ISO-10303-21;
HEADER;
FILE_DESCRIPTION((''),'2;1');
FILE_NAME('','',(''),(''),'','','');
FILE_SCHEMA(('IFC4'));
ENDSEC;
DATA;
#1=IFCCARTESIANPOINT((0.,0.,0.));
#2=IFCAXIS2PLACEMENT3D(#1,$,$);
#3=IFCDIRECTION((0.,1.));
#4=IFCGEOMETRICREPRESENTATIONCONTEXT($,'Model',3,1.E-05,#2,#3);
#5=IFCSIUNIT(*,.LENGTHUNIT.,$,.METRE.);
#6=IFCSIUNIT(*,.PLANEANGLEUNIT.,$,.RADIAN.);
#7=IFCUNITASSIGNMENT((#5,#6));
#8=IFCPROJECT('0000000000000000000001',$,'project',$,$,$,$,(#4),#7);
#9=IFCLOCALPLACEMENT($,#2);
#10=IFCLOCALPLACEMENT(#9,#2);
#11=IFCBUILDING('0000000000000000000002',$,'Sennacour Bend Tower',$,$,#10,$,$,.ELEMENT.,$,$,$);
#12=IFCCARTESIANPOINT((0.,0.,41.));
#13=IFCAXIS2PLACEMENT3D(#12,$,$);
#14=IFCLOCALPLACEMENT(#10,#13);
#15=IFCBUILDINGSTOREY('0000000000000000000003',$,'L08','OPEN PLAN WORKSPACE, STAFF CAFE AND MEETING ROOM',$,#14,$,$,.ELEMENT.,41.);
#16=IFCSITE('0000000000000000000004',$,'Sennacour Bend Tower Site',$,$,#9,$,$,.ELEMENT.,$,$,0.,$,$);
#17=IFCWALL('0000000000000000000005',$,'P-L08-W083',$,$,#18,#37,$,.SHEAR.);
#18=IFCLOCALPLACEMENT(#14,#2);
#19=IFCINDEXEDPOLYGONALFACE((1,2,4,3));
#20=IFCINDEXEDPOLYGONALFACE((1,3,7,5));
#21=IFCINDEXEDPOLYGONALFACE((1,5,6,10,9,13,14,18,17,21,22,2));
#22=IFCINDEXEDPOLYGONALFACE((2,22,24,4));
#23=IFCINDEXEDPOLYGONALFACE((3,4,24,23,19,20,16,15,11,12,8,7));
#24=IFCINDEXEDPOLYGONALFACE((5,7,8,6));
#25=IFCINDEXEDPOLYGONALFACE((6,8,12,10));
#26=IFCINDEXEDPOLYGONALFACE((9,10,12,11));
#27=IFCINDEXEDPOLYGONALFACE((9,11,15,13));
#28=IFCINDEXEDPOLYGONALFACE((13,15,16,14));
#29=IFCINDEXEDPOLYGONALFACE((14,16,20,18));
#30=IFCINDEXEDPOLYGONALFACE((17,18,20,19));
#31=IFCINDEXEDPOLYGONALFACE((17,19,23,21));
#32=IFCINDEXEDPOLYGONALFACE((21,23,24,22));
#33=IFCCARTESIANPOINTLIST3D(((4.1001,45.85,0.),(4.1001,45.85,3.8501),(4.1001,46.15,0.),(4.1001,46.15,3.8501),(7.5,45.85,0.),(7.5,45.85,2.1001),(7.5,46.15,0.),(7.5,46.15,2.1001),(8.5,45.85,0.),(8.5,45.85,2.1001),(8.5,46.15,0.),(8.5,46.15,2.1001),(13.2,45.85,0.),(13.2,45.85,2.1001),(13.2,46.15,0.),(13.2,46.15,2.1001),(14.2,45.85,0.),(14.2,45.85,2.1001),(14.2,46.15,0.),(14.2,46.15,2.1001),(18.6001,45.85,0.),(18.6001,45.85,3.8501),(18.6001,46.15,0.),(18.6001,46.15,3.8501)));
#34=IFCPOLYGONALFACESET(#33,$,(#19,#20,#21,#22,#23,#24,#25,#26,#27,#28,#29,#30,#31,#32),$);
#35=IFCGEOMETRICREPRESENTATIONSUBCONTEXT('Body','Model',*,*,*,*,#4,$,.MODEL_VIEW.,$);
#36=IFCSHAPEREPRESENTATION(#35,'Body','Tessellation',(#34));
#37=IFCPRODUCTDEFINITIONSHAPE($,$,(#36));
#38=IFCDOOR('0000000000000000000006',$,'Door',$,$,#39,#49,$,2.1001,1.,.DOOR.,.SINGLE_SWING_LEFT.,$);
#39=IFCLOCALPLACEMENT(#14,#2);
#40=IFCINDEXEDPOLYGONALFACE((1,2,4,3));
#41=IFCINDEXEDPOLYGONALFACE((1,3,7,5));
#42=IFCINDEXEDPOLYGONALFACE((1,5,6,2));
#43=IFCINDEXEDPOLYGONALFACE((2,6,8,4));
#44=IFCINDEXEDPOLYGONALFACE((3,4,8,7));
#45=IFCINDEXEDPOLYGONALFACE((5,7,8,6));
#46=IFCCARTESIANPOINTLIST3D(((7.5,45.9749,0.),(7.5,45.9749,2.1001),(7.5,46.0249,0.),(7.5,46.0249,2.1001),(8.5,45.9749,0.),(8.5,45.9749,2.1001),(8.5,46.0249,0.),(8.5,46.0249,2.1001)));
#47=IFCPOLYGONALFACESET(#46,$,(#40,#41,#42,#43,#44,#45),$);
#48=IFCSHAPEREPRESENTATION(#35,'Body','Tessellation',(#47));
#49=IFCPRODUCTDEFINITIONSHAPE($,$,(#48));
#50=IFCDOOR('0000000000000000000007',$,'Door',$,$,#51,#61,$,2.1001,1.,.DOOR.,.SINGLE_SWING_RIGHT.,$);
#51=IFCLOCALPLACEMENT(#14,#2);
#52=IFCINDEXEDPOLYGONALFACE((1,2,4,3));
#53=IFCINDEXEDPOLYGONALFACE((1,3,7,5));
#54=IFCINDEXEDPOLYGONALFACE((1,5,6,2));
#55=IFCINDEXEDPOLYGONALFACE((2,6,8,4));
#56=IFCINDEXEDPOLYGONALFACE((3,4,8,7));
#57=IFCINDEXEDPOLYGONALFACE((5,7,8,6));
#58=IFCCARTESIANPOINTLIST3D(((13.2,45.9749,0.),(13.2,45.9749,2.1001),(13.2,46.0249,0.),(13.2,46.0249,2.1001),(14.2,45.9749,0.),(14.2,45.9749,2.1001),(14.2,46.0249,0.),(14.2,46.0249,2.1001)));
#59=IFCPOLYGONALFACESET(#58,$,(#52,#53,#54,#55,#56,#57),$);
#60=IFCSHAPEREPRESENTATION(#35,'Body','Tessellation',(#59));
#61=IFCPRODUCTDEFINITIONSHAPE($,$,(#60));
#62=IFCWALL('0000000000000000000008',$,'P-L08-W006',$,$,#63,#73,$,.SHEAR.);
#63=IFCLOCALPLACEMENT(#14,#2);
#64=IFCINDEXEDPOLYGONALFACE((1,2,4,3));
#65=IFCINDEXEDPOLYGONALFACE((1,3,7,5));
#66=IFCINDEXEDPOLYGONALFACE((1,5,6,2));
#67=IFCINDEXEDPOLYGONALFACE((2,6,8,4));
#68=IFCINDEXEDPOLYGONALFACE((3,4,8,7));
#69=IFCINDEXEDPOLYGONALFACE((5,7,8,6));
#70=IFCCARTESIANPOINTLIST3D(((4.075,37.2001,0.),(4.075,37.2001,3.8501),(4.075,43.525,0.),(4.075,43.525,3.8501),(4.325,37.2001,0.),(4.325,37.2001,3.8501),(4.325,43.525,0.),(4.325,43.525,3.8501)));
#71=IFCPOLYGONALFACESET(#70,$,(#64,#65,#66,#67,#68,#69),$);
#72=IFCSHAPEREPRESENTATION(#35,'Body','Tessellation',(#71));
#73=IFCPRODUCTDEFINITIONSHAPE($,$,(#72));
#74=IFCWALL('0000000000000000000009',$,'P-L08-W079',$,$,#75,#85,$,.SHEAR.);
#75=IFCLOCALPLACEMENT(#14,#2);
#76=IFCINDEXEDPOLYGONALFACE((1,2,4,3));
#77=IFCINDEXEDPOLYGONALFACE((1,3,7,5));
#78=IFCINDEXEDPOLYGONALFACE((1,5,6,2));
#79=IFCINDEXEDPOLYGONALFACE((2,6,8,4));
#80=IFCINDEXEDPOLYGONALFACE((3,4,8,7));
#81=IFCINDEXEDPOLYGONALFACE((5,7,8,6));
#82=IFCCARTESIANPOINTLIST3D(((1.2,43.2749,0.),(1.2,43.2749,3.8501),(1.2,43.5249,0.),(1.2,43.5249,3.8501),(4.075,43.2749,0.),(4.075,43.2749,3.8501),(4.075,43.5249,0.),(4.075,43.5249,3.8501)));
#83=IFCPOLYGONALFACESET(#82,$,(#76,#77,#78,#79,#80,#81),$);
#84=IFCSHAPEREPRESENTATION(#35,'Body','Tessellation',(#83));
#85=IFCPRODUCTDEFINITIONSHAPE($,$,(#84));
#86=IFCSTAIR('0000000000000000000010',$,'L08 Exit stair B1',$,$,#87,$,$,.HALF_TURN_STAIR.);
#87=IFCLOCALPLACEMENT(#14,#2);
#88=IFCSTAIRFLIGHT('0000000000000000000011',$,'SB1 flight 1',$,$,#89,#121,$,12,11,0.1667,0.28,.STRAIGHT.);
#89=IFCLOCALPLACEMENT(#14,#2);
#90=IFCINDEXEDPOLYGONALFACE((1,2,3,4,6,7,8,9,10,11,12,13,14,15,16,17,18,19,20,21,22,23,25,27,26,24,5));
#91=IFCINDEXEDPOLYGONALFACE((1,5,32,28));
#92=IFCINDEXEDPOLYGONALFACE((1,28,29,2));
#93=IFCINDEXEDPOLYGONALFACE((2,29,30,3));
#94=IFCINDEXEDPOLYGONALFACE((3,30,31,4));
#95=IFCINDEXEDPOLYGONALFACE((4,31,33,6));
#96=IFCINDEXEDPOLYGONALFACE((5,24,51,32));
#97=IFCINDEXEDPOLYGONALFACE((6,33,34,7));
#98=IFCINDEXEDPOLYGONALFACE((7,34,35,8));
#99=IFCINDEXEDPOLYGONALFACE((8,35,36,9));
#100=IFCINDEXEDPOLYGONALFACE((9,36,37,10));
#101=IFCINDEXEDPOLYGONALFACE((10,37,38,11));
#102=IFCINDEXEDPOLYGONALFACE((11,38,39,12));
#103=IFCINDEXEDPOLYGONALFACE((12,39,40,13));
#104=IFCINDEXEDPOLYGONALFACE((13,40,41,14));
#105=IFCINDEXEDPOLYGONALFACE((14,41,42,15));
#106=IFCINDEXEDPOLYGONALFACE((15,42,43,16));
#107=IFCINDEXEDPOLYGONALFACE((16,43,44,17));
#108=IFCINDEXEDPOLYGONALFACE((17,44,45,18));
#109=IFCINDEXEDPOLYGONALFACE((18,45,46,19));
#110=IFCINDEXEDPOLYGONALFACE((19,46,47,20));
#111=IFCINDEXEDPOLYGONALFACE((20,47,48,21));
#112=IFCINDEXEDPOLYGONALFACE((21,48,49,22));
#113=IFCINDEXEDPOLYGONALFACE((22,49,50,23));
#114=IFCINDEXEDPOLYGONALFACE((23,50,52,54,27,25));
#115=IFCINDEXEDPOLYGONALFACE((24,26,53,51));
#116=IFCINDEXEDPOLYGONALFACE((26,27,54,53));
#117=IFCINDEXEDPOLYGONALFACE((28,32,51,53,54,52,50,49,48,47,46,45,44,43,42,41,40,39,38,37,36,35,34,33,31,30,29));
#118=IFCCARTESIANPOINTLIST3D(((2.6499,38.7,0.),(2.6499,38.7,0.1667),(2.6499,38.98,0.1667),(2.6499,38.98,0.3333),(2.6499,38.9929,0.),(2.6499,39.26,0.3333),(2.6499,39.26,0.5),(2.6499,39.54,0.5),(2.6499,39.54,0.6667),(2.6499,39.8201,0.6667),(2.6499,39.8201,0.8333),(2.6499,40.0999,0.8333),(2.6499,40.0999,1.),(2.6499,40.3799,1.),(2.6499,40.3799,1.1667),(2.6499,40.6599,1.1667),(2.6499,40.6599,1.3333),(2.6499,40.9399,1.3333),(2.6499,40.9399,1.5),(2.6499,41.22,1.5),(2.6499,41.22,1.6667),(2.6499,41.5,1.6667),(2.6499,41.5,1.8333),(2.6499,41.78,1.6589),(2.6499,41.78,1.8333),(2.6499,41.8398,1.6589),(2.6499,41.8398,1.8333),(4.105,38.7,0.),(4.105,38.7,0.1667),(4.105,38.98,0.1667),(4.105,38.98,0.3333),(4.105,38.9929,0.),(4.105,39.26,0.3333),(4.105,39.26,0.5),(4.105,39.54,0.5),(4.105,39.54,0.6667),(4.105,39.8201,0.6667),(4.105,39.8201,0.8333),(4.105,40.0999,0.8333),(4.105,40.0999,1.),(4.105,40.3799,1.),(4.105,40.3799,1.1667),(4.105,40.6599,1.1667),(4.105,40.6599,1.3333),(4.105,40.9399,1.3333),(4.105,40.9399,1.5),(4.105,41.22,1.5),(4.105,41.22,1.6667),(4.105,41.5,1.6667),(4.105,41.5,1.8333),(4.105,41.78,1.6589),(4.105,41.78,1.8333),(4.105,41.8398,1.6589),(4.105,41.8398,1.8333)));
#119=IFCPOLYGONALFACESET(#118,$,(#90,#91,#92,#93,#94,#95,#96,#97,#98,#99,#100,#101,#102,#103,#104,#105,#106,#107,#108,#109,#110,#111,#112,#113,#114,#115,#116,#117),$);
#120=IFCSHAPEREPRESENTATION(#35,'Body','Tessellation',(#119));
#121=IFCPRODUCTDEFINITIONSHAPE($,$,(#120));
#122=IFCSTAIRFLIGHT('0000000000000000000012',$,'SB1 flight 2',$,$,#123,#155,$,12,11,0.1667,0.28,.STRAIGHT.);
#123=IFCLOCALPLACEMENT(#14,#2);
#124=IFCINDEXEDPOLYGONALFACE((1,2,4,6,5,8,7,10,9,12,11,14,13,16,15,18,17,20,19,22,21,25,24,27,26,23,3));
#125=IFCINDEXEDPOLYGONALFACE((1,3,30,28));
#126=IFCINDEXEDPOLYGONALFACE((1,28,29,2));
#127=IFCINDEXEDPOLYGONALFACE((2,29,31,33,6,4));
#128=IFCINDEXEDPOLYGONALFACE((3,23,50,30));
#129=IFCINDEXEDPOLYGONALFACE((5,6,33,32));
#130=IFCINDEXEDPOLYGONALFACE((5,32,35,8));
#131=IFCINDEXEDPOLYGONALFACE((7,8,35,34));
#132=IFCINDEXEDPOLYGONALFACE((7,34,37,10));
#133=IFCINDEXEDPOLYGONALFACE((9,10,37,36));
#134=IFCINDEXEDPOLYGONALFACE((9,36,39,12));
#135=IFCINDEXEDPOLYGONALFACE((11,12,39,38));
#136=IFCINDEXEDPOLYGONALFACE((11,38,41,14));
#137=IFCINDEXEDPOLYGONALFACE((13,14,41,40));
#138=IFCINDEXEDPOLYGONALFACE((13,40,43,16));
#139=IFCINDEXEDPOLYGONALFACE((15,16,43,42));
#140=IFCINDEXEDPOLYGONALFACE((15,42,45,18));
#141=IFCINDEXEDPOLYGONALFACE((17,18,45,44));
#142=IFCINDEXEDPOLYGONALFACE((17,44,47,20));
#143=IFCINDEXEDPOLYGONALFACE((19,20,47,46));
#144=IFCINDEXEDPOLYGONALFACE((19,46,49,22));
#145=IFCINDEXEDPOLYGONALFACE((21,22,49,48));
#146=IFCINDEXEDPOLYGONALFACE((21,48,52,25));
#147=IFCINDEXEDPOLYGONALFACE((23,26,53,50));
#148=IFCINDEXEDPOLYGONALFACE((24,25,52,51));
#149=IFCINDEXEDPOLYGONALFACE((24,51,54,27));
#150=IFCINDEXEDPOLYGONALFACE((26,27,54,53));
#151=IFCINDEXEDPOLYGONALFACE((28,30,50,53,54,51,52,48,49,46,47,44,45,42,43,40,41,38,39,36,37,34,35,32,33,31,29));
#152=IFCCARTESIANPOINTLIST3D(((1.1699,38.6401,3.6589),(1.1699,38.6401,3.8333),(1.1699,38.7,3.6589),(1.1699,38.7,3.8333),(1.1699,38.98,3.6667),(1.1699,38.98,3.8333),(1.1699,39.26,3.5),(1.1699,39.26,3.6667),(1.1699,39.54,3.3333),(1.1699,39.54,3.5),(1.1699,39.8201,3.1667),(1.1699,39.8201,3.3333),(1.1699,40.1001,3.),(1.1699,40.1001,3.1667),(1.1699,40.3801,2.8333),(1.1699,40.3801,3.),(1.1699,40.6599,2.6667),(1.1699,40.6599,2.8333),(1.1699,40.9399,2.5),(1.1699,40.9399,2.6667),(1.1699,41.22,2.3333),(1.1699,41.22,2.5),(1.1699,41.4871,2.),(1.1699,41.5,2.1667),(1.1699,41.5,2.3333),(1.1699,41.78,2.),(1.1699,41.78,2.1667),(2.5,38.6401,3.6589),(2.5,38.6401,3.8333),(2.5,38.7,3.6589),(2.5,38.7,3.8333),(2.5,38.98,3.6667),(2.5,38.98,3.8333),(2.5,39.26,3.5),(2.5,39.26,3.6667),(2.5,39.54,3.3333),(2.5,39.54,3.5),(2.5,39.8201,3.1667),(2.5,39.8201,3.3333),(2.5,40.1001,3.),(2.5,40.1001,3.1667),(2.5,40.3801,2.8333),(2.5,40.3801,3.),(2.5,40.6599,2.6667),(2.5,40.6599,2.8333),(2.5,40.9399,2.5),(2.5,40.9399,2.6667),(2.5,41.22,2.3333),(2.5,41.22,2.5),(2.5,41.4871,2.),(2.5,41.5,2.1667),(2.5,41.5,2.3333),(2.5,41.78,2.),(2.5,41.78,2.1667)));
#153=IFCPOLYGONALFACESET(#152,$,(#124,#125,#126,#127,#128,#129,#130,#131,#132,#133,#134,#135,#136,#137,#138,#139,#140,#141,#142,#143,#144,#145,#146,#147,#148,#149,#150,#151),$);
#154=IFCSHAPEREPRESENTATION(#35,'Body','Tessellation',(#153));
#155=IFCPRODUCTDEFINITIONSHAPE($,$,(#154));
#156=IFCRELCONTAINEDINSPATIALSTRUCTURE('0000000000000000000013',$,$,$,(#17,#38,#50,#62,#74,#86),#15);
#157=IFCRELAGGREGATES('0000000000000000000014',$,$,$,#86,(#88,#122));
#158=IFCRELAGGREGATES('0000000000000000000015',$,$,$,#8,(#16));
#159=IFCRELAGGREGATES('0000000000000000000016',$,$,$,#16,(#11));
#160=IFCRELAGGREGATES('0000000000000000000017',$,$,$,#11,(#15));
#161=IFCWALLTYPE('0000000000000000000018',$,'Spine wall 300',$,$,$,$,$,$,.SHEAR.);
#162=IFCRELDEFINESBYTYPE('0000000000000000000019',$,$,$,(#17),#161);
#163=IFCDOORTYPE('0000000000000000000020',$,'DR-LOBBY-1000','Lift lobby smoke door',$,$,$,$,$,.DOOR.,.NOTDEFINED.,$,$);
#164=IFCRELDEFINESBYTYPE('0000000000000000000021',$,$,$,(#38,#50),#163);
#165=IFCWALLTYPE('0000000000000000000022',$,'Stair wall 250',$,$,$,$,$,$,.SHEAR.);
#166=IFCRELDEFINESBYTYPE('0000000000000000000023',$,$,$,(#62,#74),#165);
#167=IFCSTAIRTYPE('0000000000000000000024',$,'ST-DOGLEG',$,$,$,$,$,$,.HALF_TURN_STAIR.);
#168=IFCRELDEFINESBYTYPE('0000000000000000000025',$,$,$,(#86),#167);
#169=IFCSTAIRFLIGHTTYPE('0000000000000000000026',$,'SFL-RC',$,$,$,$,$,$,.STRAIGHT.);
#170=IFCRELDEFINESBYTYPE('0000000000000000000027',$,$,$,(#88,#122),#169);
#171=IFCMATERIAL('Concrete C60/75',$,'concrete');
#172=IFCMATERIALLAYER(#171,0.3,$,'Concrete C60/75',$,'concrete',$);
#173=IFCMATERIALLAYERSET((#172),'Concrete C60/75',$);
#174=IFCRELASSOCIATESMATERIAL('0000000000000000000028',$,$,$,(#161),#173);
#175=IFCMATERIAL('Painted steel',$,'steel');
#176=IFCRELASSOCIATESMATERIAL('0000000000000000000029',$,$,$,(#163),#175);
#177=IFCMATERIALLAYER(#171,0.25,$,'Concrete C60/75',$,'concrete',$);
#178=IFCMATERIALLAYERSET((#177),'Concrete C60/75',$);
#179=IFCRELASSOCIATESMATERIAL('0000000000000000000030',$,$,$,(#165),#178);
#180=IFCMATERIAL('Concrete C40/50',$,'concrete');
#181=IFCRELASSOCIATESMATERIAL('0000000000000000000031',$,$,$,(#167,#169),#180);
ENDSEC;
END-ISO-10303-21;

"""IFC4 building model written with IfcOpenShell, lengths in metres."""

from ifc_helpers import new_model, si_unit, direction, frame, frame_2d, origin, place, context, subcontext, project, spatial, polyline, rectangle, outline, extrude, material, layer, layer_set, type_object, element, fill, aggregate, save


model = new_model("IFC4")

# Units and contexts
model_context = context("Model", 3, precision=1e-05, world=origin(), true_north=direction((0.0, 1.0)))
body_context = subcontext(model_context, "Body", "Model", "MODEL_VIEW")
ifc_project = project(units=[si_unit("LENGTHUNIT", "METRE"), si_unit("PLANEANGLEUNIT", "RADIAN")], contexts=[model_context])

# Site, building, storey
site_placement = place(None, origin())
site = spatial("IfcSite", under=ifc_project, at=site_placement, Name="Sennacour Bend Tower Site", CompositionType="ELEMENT", RefElevation=0.0)
building_placement = place(site_placement, origin())
building = spatial("IfcBuilding", under=site, at=building_placement, Name="Sennacour Bend Tower", CompositionType="ELEMENT")
storey_placement = place(building_placement, frame((0.0, 0.0, 41.0)))
storey = spatial("IfcBuildingStorey", under=building, at=storey_placement, Name="L08", Description="OPEN PLAN WORKSPACE, STAFF CAFE AND MEETING ROOM", CompositionType="ELEMENT", Elevation=41.0)

# Shared definitions
ifc_material_1 = material(Name="Painted steel", Category="steel")

# Wall, openings, doors
ifc_material_2 = material(Name="Concrete C60/75", Category="concrete")
ifc_layer_1 = layer(ifc_material_2, 0.3, Name="Concrete C60/75", Category="concrete")
ifc_layer_set_1 = layer_set([ifc_layer_1], Name="Concrete C60/75")
wall_type_1 = type_object("IfcWallType", Name="Spine wall 300", PredefinedType="SHEAR", material=ifc_layer_set_1)
wall_1_placement = place(storey_placement, frame((4.1001, 46.0, 0.0), z_axis=(0.0, 0.0, 1.0), x_axis=(1.0, 0.0, 0.0)))
wall_1 = element("IfcWall", 1, at=wall_1_placement, inside=storey, type_object=wall_type_1, Name="P-L08-W083", PredefinedType="SHEAR", context=body_context, shape_type="SweptSolid", body=[
    extrude(rectangle(XDim=14.5, YDim=0.3, at=frame_2d((7.25, 0.0))), origin(), (0.0, 0.0, 1.0), 3.8501),
])
opening_1_placement = place(wall_1_placement, frame((3.3999, 0.0, 0.0)))
opening_1 = element("IfcOpeningElement", 2, at=opening_1_placement, cuts=wall_1, PredefinedType="OPENING", context=body_context, shape_type="SweptSolid", body=[
    extrude(rectangle(XDim=1.0, YDim=2.1001, at=frame_2d((0.5, 1.05))), frame((0.0, 0.1602, 0.0), z_axis=(0.0, -1.0, 0.0), x_axis=(1.0, 0.0, 0.0)), (0.0, 0.0, 1.0), 0.3201),
])
opening_2_placement = place(wall_1_placement, frame((9.0999, 0.0, 0.0)))
opening_2 = element("IfcOpeningElement", 3, at=opening_2_placement, cuts=wall_1, PredefinedType="OPENING", context=body_context, shape_type="SweptSolid", body=[
    extrude(rectangle(XDim=1.0, YDim=2.1001, at=frame_2d((0.5, 1.05))), frame((0.0, 0.1602, 0.0), z_axis=(0.0, -1.0, 0.0), x_axis=(1.0, 0.0, 0.0)), (0.0, 0.0, 1.0), 0.3201),
])
door_type_1 = type_object("IfcDoorType", Name="DR-LOBBY-1000", Description="Lift lobby smoke door", OperationType="NOTDEFINED", PredefinedType="DOOR", material=ifc_material_1)
door_1_placement = place(opening_1_placement, origin())
door_1 = element("IfcDoor", 4, at=door_1_placement, inside=storey, type_object=door_type_1, Name="Door", OperationType="SINGLE_SWING_LEFT", OverallHeight=2.1001, OverallWidth=1.0, PredefinedType="DOOR", context=body_context, shape_type="SweptSolid", body=[
    extrude(rectangle(XDim=1.0, YDim=2.1001, at=frame_2d((0.5, 1.05))), frame((0.0, 0.0249, 0.0), z_axis=(0.0, -1.0, 0.0), x_axis=(1.0, 0.0, 0.0)), (0.0, 0.0, 1.0), 0.05),
])
fill(opening_1, door_1)
door_2_placement = place(opening_2_placement, origin())
door_2 = element("IfcDoor", 5, at=door_2_placement, inside=storey, type_object=door_type_1, Name="Door", OperationType="SINGLE_SWING_RIGHT", OverallHeight=2.1001, OverallWidth=1.0, PredefinedType="DOOR", context=body_context, shape_type="SweptSolid", body=[
    extrude(rectangle(XDim=1.0, YDim=2.1001, at=frame_2d((0.5, 1.05))), frame((0.0, 0.0249, 0.0), z_axis=(0.0, -1.0, 0.0), x_axis=(1.0, 0.0, 0.0)), (0.0, 0.0, 1.0), 0.05),
])
fill(opening_2, door_2)

# Walls
ifc_layer_2 = layer(ifc_material_2, 0.25, Name="Concrete C60/75", Category="concrete")
ifc_layer_set_2 = layer_set([ifc_layer_2], Name="Concrete C60/75")
wall_type_2 = type_object("IfcWallType", Name="Stair wall 250", PredefinedType="SHEAR", material=ifc_layer_set_2)
wall_2_placement = place(storey_placement, frame((4.2, 37.2, 0.0), z_axis=(0.0, 0.0, 1.0), x_axis=(0.0, 1.0, 0.0)))
element("IfcWall", 6, at=wall_2_placement, inside=storey, type_object=wall_type_2, Name="P-L08-W006", PredefinedType="SHEAR", context=body_context, shape_type="SweptSolid", body=[
    extrude(rectangle(XDim=6.325, YDim=0.25, at=frame_2d((3.1626, 0.0))), origin(), (0.0, 0.0, 1.0), 3.8501),
])
wall_3_placement = place(storey_placement, frame((1.2, 43.3999, 0.0), z_axis=(0.0, 0.0, 1.0), x_axis=(1.0, 0.0, 0.0)))
element("IfcWall", 7, at=wall_3_placement, inside=storey, type_object=wall_type_2, Name="P-L08-W079", PredefinedType="SHEAR", context=body_context, shape_type="SweptSolid", body=[
    extrude(rectangle(XDim=2.875, YDim=0.25, at=frame_2d((1.4375, 0.0))), origin(), (0.0, 0.0, 1.0), 3.8501),
])

# Stair, stair flights
ifc_material_3 = material(Name="Concrete C40/50", Category="concrete")
stair_type = type_object("IfcStairType", Name="ST-DOGLEG", PredefinedType="HALF_TURN_STAIR", material=ifc_material_3)
stair_placement = place(storey_placement, origin())
stair = element("IfcStair", 8, at=stair_placement, inside=storey, type_object=stair_type, Name="L08 Exit stair B1", PredefinedType="HALF_TURN_STAIR")
stair_flight_type = type_object("IfcStairFlightType", Name="SFL-RC", PredefinedType="STRAIGHT", material=ifc_material_3)
stair_flight_1_placement = place(storey_placement, frame((3.3774, 38.7, 0.0), z_axis=(0.0, 0.0, 1.0), x_axis=(0.0, 1.0, 0.0)))
stair_flight_1 = element("IfcStairFlight", 9, at=stair_flight_1_placement, type_object=stair_flight_type, Name="SB1 flight 1", NumberOfRisers=12, NumberOfTreads=11, PredefinedType="STRAIGHT", RiserHeight=0.1667, TreadLength=0.28, context=body_context, shape_type="SweptSolid", body=[
    extrude(outline(polyline([(0.0, 0.0), (0.0, 0.1667), (0.28, 0.1667), (0.28, 0.3333), (0.5601, 0.3333), (0.5601, 0.5), (0.8401, 0.5), (0.8401, 0.6667), (1.1201, 0.6667), (1.1201, 0.8333), (1.3999, 0.8333), (1.3999, 1.0), (1.6799, 1.0), (1.6799, 1.1667), (1.96, 1.1667), (1.96, 1.3333), (2.24, 1.3333), (2.24, 1.5), (2.52, 1.5), (2.52, 1.6667), (2.8, 1.6667), (2.8, 1.8333), (3.0801, 1.8333), (3.1399, 1.8333), (3.1399, 1.6589), (3.0801, 1.6589), (0.293, 0.0), (0.0, 0.0)])), frame((0.0, 0.7275, 0.0), z_axis=(0.0, -1.0, 0.0), x_axis=(1.0, 0.0, 0.0)), (0.0, 0.0, 1.0), 1.4551),
])
stair_flight_2_placement = place(storey_placement, frame((1.835, 41.78, 2.0), z_axis=(0.0, 0.0, 1.0), x_axis=(0.0, -1.0, 0.0)))
stair_flight_2 = element("IfcStairFlight", 10, at=stair_flight_2_placement, type_object=stair_flight_type, Name="SB1 flight 2", NumberOfRisers=12, NumberOfTreads=11, PredefinedType="STRAIGHT", RiserHeight=0.1667, TreadLength=0.28, context=body_context, shape_type="SweptSolid", body=[
    extrude(outline(polyline([(0.0, 0.0), (0.0, 0.1667), (0.28, 0.1667), (0.28, 0.3333), (0.5601, 0.3333), (0.5601, 0.5), (0.8401, 0.5), (0.8401, 0.6667), (1.1201, 0.6667), (1.1201, 0.8333), (1.3999, 0.8333), (1.3999, 1.0), (1.6799, 1.0), (1.6799, 1.1667), (1.96, 1.1667), (1.96, 1.3333), (2.24, 1.3333), (2.24, 1.5), (2.52, 1.5), (2.52, 1.6667), (2.8, 1.6667), (2.8, 1.8333), (3.0801, 1.8333), (3.1399, 1.8333), (3.1399, 1.6589), (3.0801, 1.6589), (0.293, 0.0), (0.0, 0.0)])), frame((0.0, 0.665, 0.0), z_axis=(0.0, -1.0, 0.0), x_axis=(1.0, 0.0, 0.0)), (0.0, 0.0, 1.0), 1.3301),
])
aggregate(stair, [stair_flight_1, stair_flight_2])

save(model, "model.ifc")
